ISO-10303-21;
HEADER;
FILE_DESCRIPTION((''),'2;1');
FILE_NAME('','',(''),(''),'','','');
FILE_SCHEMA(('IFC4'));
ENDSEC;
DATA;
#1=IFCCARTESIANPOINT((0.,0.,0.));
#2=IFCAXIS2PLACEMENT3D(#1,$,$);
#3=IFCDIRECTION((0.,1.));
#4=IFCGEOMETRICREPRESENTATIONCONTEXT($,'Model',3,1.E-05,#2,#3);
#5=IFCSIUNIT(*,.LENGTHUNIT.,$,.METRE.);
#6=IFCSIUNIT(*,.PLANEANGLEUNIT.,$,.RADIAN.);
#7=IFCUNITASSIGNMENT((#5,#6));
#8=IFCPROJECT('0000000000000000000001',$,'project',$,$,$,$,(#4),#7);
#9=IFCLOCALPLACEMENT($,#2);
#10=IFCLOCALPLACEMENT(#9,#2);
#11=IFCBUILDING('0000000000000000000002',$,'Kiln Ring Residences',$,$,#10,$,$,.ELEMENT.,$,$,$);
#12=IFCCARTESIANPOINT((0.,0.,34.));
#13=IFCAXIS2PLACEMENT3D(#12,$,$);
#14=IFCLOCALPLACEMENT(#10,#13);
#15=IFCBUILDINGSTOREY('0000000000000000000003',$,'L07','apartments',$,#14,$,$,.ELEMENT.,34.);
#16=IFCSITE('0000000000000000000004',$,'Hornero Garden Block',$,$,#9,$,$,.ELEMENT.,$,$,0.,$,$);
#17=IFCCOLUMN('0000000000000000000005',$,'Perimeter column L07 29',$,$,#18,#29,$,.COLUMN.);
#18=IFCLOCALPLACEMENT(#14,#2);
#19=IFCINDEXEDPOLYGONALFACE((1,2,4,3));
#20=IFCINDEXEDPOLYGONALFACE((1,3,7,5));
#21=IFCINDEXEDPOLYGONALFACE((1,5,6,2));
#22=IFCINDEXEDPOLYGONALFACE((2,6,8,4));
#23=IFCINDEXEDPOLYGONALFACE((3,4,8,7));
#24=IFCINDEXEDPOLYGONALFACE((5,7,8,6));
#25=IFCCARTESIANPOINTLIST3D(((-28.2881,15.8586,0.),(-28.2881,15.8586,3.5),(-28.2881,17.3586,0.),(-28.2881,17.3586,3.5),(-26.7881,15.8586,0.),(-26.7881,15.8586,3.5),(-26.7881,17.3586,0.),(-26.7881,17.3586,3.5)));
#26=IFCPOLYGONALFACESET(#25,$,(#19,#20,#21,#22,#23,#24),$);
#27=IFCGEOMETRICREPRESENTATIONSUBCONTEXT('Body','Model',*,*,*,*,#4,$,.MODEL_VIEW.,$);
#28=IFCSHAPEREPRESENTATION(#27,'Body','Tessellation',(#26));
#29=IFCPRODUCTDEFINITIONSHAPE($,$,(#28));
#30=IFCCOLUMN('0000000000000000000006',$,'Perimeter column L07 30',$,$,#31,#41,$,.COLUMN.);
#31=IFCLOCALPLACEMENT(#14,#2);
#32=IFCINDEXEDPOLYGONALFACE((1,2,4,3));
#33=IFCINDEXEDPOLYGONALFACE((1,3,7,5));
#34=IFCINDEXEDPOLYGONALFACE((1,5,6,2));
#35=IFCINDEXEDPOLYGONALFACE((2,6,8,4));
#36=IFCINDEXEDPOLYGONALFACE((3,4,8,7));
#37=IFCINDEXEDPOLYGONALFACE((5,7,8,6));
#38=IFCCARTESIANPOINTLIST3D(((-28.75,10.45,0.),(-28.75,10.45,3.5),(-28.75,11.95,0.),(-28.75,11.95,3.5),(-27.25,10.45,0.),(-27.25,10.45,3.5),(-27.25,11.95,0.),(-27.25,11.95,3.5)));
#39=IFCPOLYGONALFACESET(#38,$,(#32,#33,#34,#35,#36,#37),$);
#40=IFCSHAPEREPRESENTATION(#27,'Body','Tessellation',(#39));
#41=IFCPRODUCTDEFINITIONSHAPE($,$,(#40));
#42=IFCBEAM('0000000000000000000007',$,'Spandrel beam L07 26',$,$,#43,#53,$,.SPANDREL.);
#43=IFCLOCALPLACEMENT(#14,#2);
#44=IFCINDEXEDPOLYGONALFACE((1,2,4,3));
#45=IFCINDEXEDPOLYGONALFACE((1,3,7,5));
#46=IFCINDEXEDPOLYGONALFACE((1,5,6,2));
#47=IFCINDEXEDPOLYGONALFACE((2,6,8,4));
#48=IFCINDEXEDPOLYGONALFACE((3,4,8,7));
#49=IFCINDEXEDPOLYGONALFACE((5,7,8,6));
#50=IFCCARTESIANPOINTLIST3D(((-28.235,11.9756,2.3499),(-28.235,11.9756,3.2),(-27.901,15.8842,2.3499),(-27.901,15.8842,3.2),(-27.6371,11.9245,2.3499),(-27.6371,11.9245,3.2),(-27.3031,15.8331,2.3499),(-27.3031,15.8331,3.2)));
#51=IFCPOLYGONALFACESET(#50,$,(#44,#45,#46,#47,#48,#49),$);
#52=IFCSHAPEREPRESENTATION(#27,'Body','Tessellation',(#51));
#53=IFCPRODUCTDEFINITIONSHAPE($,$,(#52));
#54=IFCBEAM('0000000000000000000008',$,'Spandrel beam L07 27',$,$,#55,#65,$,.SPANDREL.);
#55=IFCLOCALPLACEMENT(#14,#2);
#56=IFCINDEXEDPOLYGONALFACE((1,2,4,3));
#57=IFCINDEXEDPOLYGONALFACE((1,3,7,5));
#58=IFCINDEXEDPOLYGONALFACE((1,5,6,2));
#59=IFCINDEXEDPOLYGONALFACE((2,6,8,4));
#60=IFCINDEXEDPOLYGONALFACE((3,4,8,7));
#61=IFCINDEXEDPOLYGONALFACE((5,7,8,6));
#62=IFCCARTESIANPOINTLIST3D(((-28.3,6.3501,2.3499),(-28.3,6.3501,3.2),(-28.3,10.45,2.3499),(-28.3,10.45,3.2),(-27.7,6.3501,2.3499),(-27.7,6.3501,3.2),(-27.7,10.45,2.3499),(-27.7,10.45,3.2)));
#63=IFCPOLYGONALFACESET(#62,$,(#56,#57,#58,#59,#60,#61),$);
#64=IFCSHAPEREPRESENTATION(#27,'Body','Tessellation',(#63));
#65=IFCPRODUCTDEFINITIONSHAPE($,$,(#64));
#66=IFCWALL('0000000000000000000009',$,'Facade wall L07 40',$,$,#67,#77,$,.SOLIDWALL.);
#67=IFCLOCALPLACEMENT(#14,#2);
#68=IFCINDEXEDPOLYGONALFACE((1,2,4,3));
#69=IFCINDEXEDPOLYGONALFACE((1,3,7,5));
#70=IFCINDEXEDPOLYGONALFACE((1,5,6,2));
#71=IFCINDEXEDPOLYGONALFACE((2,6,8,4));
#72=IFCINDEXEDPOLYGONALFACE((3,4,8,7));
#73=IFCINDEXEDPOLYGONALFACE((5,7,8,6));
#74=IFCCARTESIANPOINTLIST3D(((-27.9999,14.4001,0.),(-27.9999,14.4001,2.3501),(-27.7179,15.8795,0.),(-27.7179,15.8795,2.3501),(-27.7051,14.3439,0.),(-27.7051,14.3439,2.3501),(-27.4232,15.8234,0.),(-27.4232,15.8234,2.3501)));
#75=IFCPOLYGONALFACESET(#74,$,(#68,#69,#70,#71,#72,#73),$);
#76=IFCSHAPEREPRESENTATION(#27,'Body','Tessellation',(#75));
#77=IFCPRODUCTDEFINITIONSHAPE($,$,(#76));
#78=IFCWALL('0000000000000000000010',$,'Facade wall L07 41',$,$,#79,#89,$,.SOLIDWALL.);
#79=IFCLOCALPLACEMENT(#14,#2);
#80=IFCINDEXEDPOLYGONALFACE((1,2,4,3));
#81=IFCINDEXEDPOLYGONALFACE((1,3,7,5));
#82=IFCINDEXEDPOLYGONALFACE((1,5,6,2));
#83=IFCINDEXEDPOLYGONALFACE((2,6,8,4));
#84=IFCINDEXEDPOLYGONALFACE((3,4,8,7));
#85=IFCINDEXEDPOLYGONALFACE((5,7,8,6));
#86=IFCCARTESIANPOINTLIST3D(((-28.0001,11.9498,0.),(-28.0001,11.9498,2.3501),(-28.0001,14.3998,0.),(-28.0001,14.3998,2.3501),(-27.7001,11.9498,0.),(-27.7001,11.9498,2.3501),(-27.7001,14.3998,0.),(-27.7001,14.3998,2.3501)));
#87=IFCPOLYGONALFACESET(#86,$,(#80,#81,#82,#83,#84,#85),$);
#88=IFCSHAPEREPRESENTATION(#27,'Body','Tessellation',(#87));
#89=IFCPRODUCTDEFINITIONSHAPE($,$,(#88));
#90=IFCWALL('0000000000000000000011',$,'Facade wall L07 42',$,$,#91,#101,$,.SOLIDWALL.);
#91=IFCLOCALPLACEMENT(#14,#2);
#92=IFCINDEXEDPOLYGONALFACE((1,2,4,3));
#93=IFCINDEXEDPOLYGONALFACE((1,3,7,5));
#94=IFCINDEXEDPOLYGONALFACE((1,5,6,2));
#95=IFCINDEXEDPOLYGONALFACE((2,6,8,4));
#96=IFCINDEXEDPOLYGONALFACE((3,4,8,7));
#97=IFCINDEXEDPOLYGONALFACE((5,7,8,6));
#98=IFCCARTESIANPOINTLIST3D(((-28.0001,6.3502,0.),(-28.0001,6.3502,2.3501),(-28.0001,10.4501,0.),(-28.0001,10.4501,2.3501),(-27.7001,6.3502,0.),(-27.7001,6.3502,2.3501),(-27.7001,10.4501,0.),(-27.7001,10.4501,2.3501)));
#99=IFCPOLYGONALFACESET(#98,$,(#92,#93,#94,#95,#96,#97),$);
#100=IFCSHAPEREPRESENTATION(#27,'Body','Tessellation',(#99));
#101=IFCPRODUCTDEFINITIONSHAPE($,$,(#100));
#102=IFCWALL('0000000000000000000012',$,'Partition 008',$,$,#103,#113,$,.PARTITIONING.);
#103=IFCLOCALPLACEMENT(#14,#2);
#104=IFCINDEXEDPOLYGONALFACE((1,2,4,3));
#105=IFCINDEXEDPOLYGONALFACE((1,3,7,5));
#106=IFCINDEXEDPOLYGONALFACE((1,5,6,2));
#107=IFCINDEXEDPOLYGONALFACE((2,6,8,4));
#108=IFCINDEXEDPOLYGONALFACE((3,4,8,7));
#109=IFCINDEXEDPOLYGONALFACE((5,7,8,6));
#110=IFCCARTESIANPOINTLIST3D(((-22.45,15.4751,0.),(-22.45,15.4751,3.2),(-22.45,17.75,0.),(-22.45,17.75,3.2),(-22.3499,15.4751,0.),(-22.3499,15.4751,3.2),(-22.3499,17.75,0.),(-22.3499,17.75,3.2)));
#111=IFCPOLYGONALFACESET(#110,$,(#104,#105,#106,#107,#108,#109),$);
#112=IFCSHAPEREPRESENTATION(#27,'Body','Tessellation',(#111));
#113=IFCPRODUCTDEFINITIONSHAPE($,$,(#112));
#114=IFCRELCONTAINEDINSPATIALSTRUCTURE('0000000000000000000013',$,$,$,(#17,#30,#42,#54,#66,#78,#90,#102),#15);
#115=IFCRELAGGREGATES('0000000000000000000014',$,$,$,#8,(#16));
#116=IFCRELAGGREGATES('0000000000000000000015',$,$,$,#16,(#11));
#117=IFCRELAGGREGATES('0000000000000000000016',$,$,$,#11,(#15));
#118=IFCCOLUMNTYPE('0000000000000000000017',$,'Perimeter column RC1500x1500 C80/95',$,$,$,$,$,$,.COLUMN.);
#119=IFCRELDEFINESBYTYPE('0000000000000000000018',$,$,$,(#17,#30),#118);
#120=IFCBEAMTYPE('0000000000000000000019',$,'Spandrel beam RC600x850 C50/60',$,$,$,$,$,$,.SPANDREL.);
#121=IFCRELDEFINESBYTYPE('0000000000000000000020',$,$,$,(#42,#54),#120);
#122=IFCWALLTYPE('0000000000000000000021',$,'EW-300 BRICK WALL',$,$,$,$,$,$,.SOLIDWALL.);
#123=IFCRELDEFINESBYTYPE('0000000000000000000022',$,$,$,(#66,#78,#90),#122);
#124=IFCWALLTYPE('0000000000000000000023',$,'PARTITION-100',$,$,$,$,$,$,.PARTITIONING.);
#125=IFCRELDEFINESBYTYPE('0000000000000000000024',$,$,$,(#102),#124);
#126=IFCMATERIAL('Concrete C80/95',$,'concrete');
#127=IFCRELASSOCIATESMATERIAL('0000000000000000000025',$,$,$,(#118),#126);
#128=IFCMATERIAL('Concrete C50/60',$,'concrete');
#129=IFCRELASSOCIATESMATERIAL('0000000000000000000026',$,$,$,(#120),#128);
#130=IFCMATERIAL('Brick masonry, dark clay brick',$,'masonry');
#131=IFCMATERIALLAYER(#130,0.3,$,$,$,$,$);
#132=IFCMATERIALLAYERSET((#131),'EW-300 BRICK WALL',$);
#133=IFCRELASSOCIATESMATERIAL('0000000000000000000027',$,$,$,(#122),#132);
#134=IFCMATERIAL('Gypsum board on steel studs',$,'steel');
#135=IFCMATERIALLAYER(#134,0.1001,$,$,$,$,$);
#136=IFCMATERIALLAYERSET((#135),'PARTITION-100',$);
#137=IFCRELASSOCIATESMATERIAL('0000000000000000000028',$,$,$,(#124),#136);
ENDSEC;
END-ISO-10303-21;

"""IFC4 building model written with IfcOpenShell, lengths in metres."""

from ifc_helpers import new_model, si_unit, direction, frame, frame_2d, origin, origin_2d, place, context, subcontext, project, spatial, rectangle, extrude, material, layer, layer_set, material_profile, profile_set, type_object, element, save


model = new_model("IFC4")

# Units and contexts
model_context = context("Model", 3, precision=1e-05, world=origin(), true_north=direction((0.0, 1.0)))
body_context = subcontext(model_context, "Body", "Model", "MODEL_VIEW")
ifc_project = project(units=[si_unit("LENGTHUNIT", "METRE"), si_unit("PLANEANGLEUNIT", "RADIAN")], contexts=[model_context])

# Site, building, storey
site_placement = place(None, origin())
site = spatial("IfcSite", under=ifc_project, at=site_placement, Name="Hornero Garden Block", CompositionType="ELEMENT", RefElevation=0.0)
building_placement = place(site_placement, origin())
building = spatial("IfcBuilding", under=site, at=building_placement, Name="Kiln Ring Residences", CompositionType="ELEMENT")
storey_placement = place(building_placement, frame((0.0, 0.0, 34.0)))
storey = spatial("IfcBuildingStorey", under=building, at=storey_placement, Name="L07", Description="apartments", CompositionType="ELEMENT", Elevation=34.0)

# Columns
ifc_material_1 = material(Name="Concrete C80/95", Category="concrete")
ifc_material_profile_1 = material_profile(ifc_material_1, rectangle(XDim=1.5, YDim=1.5, at=origin_2d()), Name="RC1500x1500")
ifc_profile_set_1 = profile_set([ifc_material_profile_1], Name="Concrete C80/95")
column_type = type_object("IfcColumnType", Name="Perimeter column RC1500x1500 C80/95", PredefinedType="COLUMN", material=ifc_profile_set_1)
for number, where, z_axis, x_axis, name in (
    (1, (-27.5381, 16.6086, 0.0), (0.0, 0.0, 1.0), (1.0, 0.0, 0.0), "Perimeter column L07 29"),
    (2, (-28.0, 11.2, 0.0), (0.0, 0.0, 1.0), (1.0, 0.0, 0.0), "Perimeter column L07 30"),
):
    element("IfcColumn", number, at=place(storey_placement, frame(where, z_axis=z_axis, x_axis=x_axis)), inside=storey, type_object=column_type, Name=name, PredefinedType="COLUMN", context=body_context, shape_type="SweptSolid", body=[
        extrude(rectangle(XDim=1.5, YDim=1.5, at=origin_2d()), origin(), (0.0, 0.0, 1.0), 3.5),
    ])

# Beams
ifc_material_2 = material(Name="Concrete C50/60", Category="concrete")
ifc_material_profile_2 = material_profile(ifc_material_2, rectangle(XDim=0.6001, YDim=0.8501, at=origin_2d()), Name="RC600x850")
ifc_profile_set_2 = profile_set([ifc_material_profile_2], Name="Concrete C50/60")
beam_type = type_object("IfcBeamType", Name="Spandrel beam RC600x850 C50/60", PredefinedType="SPANDREL", material=ifc_profile_set_2)
beam_1_placement = place(storey_placement, frame((-27.6021, 15.8586, 2.7749), z_axis=(-0.085136, -0.996369, 0.0), x_axis=(0.996369, -0.085136, 0.0)))
element("IfcBeam", 3, at=beam_1_placement, inside=storey, type_object=beam_type, Name="Spandrel beam L07 26", PredefinedType="SPANDREL", context=body_context, shape_type="SweptSolid", body=[
    extrude(rectangle(XDim=0.6001, YDim=0.8501, at=origin_2d()), origin(), (0.0, 0.0, 1.0), 3.9229),
])
beam_2_placement = place(storey_placement, frame((-28.0, 10.45, 2.7749), z_axis=(0.0, -1.0, 0.0), x_axis=(1.0, 0.0, 0.0)))
element("IfcBeam", 4, at=beam_2_placement, inside=storey, type_object=beam_type, Name="Spandrel beam L07 27", PredefinedType="SPANDREL", context=body_context, shape_type="SweptSolid", body=[
    extrude(rectangle(XDim=0.6001, YDim=0.8501, at=origin_2d()), origin(), (0.0, 0.0, 1.0), 4.0999),
])

# Walls
ifc_material_3 = material(Name="Brick masonry, dark clay brick", Category="masonry")
ifc_layer_1 = layer(ifc_material_3, 0.3)
ifc_layer_set_1 = layer_set([ifc_layer_1], Name="EW-300 BRICK WALL")
wall_type_1 = type_object("IfcWallType", Name="EW-300 BRICK WALL", PredefinedType="SOLIDWALL", material=ifc_layer_set_1)
wall_1_placement = place(storey_placement, frame((-27.5706, 15.8513, 0.0), z_axis=(0.0, 0.0, 1.0), x_axis=(-0.187224, -0.982317, 0.0)))
element("IfcWall", 5, at=wall_1_placement, inside=storey, type_object=wall_type_1, Name="Facade wall L07 40", PredefinedType="SOLIDWALL", context=body_context, shape_type="SweptSolid", body=[
    extrude(rectangle(XDim=1.5061, YDim=0.3, at=frame_2d((0.7529, 0.0))), origin(), (0.0, 0.0, 1.0), 2.3501),
])
wall_2_placement = place(storey_placement, frame((-27.8501, 14.3999, 0.0), z_axis=(0.0, 0.0, 1.0), x_axis=(0.0, -1.0, 0.0)))
element("IfcWall", 6, at=wall_2_placement, inside=storey, type_object=wall_type_1, Name="Facade wall L07 41", PredefinedType="SOLIDWALL", context=body_context, shape_type="SweptSolid", body=[
    extrude(rectangle(XDim=2.45, YDim=0.3, at=frame_2d((1.2251, 0.0))), origin(), (0.0, 0.0, 1.0), 2.3501),
])
wall_3_placement = place(storey_placement, frame((-27.8501, 10.45, 0.0), z_axis=(0.0, 0.0, 1.0), x_axis=(0.0, -1.0, 0.0)))
element("IfcWall", 7, at=wall_3_placement, inside=storey, type_object=wall_type_1, Name="Facade wall L07 42", PredefinedType="SOLIDWALL", context=body_context, shape_type="SweptSolid", body=[
    extrude(rectangle(XDim=4.0999, YDim=0.3, at=frame_2d((2.0498, 0.0))), origin(), (0.0, 0.0, 1.0), 2.3501),
])
ifc_material_4 = material(Name="Gypsum board on steel studs", Category="steel")
ifc_layer_2 = layer(ifc_material_4, 0.1001)
ifc_layer_set_2 = layer_set([ifc_layer_2], Name="PARTITION-100")
wall_type_2 = type_object("IfcWallType", Name="PARTITION-100", PredefinedType="PARTITIONING", material=ifc_layer_set_2)
wall_4_placement = place(storey_placement, frame((-22.3999, 15.4751, 0.0), z_axis=(0.0, 0.0, 1.0), x_axis=(0.0, 1.0, 0.0)))
element("IfcWall", 8, at=wall_4_placement, inside=storey, type_object=wall_type_2, Name="Partition 008", PredefinedType="PARTITIONING", context=body_context, shape_type="SweptSolid", body=[
    extrude(rectangle(XDim=2.2749, YDim=0.1001, at=frame_2d((1.1375, 0.0))), origin(), (0.0, 0.0, 1.0), 3.2),
])

save(model, "model.ifc")
